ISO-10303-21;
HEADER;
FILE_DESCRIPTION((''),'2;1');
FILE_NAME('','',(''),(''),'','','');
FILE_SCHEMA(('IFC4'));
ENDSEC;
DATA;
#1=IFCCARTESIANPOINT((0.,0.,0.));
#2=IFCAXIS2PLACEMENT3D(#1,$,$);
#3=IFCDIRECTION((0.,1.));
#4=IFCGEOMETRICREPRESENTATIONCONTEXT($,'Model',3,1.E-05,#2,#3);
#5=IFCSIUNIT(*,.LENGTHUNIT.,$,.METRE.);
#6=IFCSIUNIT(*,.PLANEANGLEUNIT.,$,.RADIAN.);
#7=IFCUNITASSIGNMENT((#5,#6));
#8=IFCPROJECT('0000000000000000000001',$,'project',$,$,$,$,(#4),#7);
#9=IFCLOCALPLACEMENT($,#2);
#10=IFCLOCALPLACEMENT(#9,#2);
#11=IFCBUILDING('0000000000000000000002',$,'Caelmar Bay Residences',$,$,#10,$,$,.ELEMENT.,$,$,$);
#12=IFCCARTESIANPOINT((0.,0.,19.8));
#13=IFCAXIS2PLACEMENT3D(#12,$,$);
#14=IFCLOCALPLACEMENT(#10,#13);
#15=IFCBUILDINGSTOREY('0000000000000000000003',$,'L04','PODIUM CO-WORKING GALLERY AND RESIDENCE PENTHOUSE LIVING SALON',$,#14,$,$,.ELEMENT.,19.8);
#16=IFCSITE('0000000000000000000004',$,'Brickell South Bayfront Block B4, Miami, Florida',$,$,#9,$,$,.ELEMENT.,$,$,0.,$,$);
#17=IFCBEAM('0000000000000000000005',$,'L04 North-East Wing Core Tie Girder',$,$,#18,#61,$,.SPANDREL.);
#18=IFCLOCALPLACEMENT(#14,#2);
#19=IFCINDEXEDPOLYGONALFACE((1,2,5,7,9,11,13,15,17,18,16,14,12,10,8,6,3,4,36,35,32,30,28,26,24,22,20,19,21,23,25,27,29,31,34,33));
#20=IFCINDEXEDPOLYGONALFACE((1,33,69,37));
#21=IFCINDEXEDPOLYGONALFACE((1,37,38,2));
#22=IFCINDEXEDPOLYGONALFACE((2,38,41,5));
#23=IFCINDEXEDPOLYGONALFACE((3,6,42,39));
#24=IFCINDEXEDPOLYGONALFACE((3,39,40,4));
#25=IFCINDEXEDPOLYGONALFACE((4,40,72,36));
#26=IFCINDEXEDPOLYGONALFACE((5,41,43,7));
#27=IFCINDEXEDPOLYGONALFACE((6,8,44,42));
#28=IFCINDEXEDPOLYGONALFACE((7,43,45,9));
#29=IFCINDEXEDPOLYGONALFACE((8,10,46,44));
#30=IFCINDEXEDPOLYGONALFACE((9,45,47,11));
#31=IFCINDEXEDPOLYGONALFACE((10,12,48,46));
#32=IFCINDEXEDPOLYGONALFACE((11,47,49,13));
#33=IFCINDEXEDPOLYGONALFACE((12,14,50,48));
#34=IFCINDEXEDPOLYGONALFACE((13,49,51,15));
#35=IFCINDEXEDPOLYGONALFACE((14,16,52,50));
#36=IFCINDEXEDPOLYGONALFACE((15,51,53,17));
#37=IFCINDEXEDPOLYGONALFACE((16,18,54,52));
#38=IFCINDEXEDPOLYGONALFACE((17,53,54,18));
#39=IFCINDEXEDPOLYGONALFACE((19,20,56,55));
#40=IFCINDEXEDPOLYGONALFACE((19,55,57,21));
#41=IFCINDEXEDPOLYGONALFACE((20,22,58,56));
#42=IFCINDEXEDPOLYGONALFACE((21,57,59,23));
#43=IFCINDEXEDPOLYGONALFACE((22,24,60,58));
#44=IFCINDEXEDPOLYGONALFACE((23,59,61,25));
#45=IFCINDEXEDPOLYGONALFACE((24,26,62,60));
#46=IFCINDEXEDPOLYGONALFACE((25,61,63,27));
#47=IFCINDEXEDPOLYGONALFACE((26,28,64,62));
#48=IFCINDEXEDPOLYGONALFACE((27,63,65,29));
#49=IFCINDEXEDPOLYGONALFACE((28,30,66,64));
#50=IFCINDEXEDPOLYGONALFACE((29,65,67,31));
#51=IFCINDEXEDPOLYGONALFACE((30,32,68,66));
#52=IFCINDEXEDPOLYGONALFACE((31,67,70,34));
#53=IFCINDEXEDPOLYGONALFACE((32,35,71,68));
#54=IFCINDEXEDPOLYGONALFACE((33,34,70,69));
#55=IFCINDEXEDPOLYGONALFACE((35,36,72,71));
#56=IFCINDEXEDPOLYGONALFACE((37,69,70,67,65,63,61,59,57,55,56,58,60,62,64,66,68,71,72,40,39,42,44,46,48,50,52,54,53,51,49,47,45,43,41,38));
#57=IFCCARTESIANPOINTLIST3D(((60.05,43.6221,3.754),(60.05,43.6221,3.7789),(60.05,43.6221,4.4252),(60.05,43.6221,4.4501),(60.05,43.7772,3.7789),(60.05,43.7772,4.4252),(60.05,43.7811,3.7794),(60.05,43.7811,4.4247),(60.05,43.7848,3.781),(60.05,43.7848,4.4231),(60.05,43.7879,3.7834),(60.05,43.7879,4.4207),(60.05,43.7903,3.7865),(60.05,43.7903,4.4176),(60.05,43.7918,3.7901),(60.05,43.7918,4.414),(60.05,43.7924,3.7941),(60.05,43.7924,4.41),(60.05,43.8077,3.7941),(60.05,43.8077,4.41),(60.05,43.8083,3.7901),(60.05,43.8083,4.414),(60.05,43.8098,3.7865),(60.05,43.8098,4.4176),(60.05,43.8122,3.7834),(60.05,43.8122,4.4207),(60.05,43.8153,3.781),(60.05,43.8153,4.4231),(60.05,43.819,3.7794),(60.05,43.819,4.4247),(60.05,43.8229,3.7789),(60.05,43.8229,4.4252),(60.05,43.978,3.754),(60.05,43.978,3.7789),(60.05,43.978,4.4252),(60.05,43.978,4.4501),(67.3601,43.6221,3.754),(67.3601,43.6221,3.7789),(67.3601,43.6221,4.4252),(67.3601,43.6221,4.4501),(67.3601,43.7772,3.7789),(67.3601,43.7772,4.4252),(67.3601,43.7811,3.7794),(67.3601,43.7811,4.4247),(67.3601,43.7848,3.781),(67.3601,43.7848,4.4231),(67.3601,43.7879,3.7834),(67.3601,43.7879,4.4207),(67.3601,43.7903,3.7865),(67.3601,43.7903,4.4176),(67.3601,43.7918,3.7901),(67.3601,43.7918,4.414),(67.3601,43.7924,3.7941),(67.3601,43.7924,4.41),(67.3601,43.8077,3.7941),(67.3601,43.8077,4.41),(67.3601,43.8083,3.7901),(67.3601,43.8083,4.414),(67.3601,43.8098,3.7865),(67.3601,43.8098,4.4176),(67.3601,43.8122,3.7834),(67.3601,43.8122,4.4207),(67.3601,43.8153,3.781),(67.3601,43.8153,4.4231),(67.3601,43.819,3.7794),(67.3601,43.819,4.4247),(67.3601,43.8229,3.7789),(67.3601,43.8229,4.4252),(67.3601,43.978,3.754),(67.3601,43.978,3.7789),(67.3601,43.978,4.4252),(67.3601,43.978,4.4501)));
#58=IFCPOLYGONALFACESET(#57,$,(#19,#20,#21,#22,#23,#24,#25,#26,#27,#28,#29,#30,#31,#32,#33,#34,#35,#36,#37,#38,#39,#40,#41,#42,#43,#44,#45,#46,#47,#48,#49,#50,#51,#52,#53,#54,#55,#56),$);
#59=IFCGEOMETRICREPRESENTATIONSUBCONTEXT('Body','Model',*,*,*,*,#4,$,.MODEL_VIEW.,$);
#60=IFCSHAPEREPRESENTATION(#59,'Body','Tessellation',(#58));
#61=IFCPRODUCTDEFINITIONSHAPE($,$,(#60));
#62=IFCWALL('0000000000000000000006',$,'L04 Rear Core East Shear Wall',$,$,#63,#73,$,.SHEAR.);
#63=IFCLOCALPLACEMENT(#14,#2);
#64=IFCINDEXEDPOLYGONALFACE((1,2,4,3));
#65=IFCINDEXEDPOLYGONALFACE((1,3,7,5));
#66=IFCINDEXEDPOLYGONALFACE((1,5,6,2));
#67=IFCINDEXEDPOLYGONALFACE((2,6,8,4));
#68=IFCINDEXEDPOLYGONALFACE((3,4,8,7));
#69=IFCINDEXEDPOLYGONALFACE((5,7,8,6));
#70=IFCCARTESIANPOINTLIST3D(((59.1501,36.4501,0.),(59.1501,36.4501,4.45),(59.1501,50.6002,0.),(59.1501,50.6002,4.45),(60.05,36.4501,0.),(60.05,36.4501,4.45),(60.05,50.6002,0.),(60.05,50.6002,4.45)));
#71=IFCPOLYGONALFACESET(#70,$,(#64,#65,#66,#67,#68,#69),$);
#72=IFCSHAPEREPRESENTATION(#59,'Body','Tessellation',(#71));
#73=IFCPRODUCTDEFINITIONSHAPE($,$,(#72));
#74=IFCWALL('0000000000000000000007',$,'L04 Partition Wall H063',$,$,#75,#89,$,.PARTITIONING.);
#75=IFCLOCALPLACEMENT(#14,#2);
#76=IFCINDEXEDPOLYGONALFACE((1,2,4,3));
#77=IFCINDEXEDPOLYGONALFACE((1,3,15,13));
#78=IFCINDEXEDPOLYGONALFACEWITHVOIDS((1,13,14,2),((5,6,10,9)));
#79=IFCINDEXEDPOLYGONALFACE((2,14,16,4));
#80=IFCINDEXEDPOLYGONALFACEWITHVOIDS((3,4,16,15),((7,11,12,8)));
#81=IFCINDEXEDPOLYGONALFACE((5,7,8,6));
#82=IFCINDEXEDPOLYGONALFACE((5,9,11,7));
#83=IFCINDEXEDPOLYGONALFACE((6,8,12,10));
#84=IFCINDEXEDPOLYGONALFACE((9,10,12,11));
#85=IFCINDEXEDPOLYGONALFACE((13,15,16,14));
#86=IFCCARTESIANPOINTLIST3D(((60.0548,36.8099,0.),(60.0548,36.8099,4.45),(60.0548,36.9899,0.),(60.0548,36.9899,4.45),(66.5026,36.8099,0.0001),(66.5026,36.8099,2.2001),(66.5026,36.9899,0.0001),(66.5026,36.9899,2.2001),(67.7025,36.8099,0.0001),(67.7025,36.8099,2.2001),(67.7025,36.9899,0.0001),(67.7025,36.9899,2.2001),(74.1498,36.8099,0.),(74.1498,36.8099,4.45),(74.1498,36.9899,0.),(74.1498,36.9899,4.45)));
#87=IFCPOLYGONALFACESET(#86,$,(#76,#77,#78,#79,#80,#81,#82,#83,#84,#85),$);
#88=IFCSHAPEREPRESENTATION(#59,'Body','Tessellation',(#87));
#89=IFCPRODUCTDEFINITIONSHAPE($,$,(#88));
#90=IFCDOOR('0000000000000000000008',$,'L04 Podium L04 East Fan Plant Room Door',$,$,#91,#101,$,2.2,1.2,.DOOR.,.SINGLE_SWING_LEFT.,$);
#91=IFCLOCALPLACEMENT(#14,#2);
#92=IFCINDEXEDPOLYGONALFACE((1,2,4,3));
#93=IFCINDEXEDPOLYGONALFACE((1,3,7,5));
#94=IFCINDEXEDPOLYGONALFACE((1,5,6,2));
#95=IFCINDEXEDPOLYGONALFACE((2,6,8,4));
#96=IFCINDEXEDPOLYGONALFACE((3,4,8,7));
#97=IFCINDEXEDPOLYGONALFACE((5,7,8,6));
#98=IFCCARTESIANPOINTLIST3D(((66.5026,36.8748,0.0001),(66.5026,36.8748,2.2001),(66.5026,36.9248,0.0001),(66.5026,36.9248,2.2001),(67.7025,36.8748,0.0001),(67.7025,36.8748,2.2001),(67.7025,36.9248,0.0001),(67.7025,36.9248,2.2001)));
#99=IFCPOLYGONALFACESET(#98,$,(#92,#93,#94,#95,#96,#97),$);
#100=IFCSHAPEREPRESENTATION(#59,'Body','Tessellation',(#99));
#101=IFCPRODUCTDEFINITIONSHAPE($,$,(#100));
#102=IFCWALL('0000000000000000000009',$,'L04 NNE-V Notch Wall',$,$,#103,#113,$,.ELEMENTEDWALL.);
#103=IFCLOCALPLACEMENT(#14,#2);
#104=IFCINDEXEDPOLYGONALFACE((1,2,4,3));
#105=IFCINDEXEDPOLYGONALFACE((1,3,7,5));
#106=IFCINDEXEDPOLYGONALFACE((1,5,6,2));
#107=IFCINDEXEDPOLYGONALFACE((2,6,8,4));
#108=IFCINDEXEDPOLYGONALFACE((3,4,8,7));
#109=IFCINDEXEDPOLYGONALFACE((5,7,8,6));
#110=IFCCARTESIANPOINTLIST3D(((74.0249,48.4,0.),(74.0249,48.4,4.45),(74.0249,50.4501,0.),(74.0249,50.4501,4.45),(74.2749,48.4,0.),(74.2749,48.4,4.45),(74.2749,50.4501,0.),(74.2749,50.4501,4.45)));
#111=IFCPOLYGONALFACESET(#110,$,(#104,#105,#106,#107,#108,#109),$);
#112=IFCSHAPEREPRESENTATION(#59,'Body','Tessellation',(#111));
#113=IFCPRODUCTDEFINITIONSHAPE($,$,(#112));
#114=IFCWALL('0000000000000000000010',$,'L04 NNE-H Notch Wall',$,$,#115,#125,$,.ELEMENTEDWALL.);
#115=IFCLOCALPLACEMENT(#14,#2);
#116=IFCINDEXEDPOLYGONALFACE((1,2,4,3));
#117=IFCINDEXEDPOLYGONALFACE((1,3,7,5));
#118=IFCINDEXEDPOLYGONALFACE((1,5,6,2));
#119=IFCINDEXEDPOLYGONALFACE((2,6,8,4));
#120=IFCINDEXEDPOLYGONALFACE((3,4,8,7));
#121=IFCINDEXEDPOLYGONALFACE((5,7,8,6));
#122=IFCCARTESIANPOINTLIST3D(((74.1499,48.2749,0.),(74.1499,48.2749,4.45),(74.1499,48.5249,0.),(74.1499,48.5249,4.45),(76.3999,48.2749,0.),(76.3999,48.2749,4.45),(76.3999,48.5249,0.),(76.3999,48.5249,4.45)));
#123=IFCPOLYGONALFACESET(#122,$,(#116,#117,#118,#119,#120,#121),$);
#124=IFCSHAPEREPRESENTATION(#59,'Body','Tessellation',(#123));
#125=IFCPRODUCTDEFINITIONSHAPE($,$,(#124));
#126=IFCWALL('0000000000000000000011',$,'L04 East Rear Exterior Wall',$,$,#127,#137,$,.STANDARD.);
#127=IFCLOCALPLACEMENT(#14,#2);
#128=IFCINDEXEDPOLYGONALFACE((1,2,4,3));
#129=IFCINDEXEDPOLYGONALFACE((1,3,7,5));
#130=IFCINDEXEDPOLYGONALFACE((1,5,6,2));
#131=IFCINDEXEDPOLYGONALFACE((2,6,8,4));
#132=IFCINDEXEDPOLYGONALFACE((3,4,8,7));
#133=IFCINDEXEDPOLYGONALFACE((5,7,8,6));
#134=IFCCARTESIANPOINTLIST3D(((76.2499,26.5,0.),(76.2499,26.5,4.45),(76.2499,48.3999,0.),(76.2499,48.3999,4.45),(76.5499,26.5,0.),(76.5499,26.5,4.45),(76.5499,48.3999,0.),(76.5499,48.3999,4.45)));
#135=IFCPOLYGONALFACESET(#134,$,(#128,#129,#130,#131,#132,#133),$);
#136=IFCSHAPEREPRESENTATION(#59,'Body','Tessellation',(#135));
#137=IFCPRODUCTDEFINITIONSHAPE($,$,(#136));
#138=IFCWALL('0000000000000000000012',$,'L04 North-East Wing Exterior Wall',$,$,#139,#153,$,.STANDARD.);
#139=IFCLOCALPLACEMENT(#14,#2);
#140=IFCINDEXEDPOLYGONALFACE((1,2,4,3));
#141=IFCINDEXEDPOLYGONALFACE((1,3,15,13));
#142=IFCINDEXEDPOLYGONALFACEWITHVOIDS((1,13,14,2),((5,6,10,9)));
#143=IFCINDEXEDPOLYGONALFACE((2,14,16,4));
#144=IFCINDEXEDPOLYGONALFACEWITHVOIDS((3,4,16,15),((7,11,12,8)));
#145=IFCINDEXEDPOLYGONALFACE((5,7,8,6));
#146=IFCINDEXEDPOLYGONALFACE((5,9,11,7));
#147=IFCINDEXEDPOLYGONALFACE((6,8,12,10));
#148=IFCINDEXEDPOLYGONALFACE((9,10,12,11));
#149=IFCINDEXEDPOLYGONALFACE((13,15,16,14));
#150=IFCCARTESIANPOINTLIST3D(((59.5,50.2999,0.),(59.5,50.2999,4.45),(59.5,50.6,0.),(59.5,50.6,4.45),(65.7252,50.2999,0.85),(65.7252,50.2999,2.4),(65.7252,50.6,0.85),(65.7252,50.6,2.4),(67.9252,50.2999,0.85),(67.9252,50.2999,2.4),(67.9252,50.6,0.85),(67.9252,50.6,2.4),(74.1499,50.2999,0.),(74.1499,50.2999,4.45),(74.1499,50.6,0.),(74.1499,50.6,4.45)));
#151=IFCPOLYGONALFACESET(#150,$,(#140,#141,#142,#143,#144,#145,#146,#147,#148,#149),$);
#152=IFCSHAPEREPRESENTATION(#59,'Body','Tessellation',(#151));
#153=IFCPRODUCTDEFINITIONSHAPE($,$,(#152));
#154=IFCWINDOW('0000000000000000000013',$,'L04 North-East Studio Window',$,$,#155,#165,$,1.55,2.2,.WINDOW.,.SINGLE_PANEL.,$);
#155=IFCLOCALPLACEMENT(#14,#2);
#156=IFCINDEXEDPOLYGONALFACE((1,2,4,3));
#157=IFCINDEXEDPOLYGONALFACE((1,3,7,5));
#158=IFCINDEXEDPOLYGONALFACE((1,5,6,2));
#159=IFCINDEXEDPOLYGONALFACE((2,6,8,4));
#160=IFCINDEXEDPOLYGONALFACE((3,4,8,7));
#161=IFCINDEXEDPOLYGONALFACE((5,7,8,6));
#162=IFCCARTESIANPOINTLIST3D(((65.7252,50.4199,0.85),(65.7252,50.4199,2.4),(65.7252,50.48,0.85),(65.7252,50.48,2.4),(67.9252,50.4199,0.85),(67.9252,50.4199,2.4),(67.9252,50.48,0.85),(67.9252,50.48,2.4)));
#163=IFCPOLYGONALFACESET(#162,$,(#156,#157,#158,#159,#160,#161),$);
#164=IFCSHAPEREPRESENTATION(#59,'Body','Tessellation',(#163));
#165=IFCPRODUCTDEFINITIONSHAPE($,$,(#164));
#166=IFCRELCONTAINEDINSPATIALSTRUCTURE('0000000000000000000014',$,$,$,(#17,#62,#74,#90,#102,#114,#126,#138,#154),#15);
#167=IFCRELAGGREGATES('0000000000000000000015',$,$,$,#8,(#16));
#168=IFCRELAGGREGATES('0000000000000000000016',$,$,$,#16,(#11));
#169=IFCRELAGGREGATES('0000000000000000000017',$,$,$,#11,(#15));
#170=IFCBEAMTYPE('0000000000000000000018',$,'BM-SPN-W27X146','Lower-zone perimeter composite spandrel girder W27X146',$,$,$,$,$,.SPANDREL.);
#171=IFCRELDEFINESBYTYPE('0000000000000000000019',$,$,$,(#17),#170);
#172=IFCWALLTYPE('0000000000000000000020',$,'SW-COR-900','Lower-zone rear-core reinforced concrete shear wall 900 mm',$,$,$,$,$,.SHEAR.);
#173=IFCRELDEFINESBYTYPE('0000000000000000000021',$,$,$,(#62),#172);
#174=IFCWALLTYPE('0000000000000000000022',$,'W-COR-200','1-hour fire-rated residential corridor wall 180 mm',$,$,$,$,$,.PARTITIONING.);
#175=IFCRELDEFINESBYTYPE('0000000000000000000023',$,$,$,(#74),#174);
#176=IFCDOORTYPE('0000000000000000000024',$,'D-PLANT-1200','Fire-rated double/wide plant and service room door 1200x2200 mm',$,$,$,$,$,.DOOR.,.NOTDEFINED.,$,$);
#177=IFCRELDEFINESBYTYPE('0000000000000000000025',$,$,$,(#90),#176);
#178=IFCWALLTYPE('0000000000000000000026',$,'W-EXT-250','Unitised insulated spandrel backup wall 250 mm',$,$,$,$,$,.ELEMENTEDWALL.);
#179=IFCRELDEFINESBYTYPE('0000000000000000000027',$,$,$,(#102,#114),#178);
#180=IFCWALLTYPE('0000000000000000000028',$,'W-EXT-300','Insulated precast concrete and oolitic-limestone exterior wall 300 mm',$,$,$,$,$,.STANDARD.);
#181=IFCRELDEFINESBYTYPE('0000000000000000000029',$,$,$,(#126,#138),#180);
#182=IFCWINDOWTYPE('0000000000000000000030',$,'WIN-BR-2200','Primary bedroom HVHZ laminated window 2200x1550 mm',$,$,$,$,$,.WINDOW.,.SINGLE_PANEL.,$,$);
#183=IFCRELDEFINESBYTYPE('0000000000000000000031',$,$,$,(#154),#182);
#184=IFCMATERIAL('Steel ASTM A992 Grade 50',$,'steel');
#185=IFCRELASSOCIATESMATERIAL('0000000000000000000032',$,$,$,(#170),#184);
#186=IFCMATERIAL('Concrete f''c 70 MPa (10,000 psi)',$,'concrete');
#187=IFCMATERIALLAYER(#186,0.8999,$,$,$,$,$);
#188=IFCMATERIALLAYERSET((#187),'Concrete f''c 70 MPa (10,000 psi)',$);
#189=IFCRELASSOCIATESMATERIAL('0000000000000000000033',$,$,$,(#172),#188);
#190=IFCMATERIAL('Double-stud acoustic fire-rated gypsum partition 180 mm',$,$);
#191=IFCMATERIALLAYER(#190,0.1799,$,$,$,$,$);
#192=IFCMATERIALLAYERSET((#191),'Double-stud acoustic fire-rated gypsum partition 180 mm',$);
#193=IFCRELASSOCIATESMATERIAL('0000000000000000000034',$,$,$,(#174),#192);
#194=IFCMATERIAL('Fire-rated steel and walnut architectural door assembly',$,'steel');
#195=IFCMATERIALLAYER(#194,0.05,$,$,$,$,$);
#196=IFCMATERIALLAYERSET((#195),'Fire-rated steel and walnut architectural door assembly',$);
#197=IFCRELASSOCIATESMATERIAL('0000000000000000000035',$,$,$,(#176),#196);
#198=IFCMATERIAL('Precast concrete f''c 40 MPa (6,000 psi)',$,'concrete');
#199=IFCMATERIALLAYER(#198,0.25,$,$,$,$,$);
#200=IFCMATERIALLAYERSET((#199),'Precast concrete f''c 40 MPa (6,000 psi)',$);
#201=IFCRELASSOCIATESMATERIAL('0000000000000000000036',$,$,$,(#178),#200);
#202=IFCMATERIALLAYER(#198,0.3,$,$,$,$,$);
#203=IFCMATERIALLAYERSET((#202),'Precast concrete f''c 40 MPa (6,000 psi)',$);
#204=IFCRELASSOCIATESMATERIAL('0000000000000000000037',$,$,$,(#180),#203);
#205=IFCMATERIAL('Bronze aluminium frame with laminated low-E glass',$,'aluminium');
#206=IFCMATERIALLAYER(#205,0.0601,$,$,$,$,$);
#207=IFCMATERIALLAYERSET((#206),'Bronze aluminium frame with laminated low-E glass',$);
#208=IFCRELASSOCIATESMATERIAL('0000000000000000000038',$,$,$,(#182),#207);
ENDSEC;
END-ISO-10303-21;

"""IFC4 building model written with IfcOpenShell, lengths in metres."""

from ifc_helpers import new_model, si_unit, direction, frame, frame_2d, origin, origin_2d, place, context, subcontext, project, spatial, rectangle, i_section, extrude, material, layer, layer_set, material_profile, profile_set, type_object, element, fill, save


model = new_model("IFC4")

# Units and contexts
model_context = context("Model", 3, precision=1e-05, world=origin(), true_north=direction((0.0, 1.0)))
body_context = subcontext(model_context, "Body", "Model", "MODEL_VIEW")
ifc_project = project(units=[si_unit("LENGTHUNIT", "METRE"), si_unit("PLANEANGLEUNIT", "RADIAN")], contexts=[model_context])

# Site, building, storey
site_placement = place(None, origin())
site = spatial("IfcSite", under=ifc_project, at=site_placement, Name="Brickell South Bayfront Block B4, Miami, Florida", CompositionType="ELEMENT", RefElevation=0.0)
building_placement = place(site_placement, origin())
building = spatial("IfcBuilding", under=site, at=building_placement, Name="Caelmar Bay Residences", CompositionType="ELEMENT")
storey_placement = place(building_placement, frame((0.0, 0.0, 19.8)))
storey = spatial("IfcBuildingStorey", under=building, at=storey_placement, Name="L04", Description="PODIUM CO-WORKING GALLERY AND RESIDENCE PENTHOUSE LIVING SALON", CompositionType="ELEMENT", Elevation=19.8)

# Shared definitions
ifc_material_1 = material(Name="Concrete f'c 70 MPa (10,000 psi)", Category="concrete")

# Beam
ifc_material_2 = material(Name="Steel ASTM A992 Grade 50", Category="steel")
ifc_material_profile_1 = material_profile(ifc_material_2, i_section(OverallWidth=0.356, OverallDepth=0.696, WebThickness=0.0154, FlangeThickness=0.0249, FilletRadius=0.0151, at=origin_2d()), Name="W27X146")
ifc_profile_set_1 = profile_set([ifc_material_profile_1], Name="Steel ASTM A992 Grade 50")
beam_type_1 = type_object("IfcBeamType", Name="BM-SPN-W27X146", Description="Lower-zone perimeter composite spandrel girder W27X146", PredefinedType="SPANDREL", material=ifc_profile_set_1)
beam_1_placement = place(storey_placement, frame((60.05, 43.8, 4.1021), z_axis=(1.0, 0.0, 0.0), x_axis=(0.0, 1.0, 0.0)))
element("IfcBeam", 1, at=beam_1_placement, inside=storey, type_object=beam_type_1, Name="L04 North-East Wing Core Tie Girder", PredefinedType="SPANDREL", context=body_context, shape_type="SweptSolid", body=[
    extrude(i_section(OverallWidth=0.356, OverallDepth=0.696, WebThickness=0.0154, FlangeThickness=0.0249, FilletRadius=0.0151, at=origin_2d()), origin(), (0.0, 0.0, 1.0), 7.3101),
])

# Wall
ifc_layer_1 = layer(ifc_material_1, 0.8999)
ifc_layer_set_1 = layer_set([ifc_layer_1], Name="Concrete f'c 70 MPa (10,000 psi)")
wall_type_1 = type_object("IfcWallType", Name="SW-COR-900", Description="Lower-zone rear-core reinforced concrete shear wall 900 mm", PredefinedType="SHEAR", material=ifc_layer_set_1)
wall_1_placement = place(storey_placement, frame((59.6001, 36.45, 0.0), z_axis=(0.0, 0.0, 1.0), x_axis=(0.0, 1.0, 0.0)))
element("IfcWall", 2, at=wall_1_placement, inside=storey, type_object=wall_type_1, Name="L04 Rear Core East Shear Wall", PredefinedType="SHEAR", context=body_context, shape_type="SweptSolid", body=[
    extrude(rectangle(XDim=14.1501, YDim=0.8999, at=frame_2d((7.0752, 0.0))), origin(), (0.0, 0.0, 1.0), 4.45),
])

# Wall, opening, door
ifc_material_3 = material(Name="Double-stud acoustic fire-rated gypsum partition 180 mm")
ifc_layer_2 = layer(ifc_material_3, 0.1799)
ifc_layer_set_2 = layer_set([ifc_layer_2], Name="Double-stud acoustic fire-rated gypsum partition 180 mm")
wall_type_2 = type_object("IfcWallType", Name="W-COR-200", Description="1-hour fire-rated residential corridor wall 180 mm", PredefinedType="PARTITIONING", material=ifc_layer_set_2)
wall_2_placement = place(storey_placement, frame((60.0549, 36.8999, 0.0), z_axis=(0.0, 0.0, 1.0), x_axis=(1.0, 0.0, 0.0)))
wall_2 = element("IfcWall", 3, at=wall_2_placement, inside=storey, type_object=wall_type_2, Name="L04 Partition Wall H063", PredefinedType="PARTITIONING", context=body_context, shape_type="SweptSolid", body=[
    extrude(rectangle(XDim=14.095, YDim=0.1799, at=frame_2d((7.0474, 0.0))), origin(), (0.0, 0.0, 1.0), 4.45),
])
opening_1_placement = place(wall_2_placement, frame((6.4475, 0.0, 0.0)))
opening_1 = element("IfcOpeningElement", 4, at=opening_1_placement, cuts=wall_2, PredefinedType="OPENING", context=body_context, shape_type="SweptSolid", body=[
    extrude(rectangle(XDim=1.2, YDim=2.2, at=frame_2d((0.6001, 1.1001))), frame((0.0, 0.0999, 0.0), z_axis=(0.0, -1.0, 0.0), x_axis=(1.0, 0.0, 0.0)), (0.0, 0.0, 1.0), 0.2),
])
ifc_material_4 = material(Name="Fire-rated steel and walnut architectural door assembly", Category="steel")
ifc_layer_3 = layer(ifc_material_4, 0.05)
ifc_layer_set_3 = layer_set([ifc_layer_3], Name="Fire-rated steel and walnut architectural door assembly")
door_type = type_object("IfcDoorType", Name="D-PLANT-1200", Description="Fire-rated double/wide plant and service room door 1200x2200 mm", OperationType="NOTDEFINED", PredefinedType="DOOR", material=ifc_layer_set_3)
door_placement = place(opening_1_placement, origin())
door = element("IfcDoor", 5, at=door_placement, inside=storey, type_object=door_type, Name="L04 Podium L04 East Fan Plant Room Door", OperationType="SINGLE_SWING_LEFT", OverallHeight=2.2, OverallWidth=1.2, PredefinedType="DOOR", context=body_context, shape_type="SweptSolid", body=[
    extrude(rectangle(XDim=1.2, YDim=2.2, at=frame_2d((0.6001, 1.1001))), frame((0.0, 0.0249, 0.0), z_axis=(0.0, -1.0, 0.0), x_axis=(1.0, 0.0, 0.0)), (0.0, 0.0, 1.0), 0.05),
])
fill(opening_1, door)

# Walls
ifc_material_5 = material(Name="Precast concrete f'c 40 MPa (6,000 psi)", Category="concrete")
ifc_layer_4 = layer(ifc_material_5, 0.25)
ifc_layer_set_4 = layer_set([ifc_layer_4], Name="Precast concrete f'c 40 MPa (6,000 psi)")
wall_type_3 = type_object("IfcWallType", Name="W-EXT-250", Description="Unitised insulated spandrel backup wall 250 mm", PredefinedType="ELEMENTEDWALL", material=ifc_layer_set_4)
wall_3_placement = place(storey_placement, frame((74.1499, 50.45, 0.0), z_axis=(0.0, 0.0, 1.0), x_axis=(0.0, -1.0, 0.0)))
element("IfcWall", 6, at=wall_3_placement, inside=storey, type_object=wall_type_3, Name="L04 NNE-V Notch Wall", PredefinedType="ELEMENTEDWALL", context=body_context, shape_type="SweptSolid", body=[
    extrude(rectangle(XDim=2.05, YDim=0.25, at=frame_2d((1.0249, 0.0))), origin(), (0.0, 0.0, 1.0), 4.45),
])
wall_4_placement = place(storey_placement, frame((74.1499, 48.3999, 0.0), z_axis=(0.0, 0.0, 1.0), x_axis=(1.0, 0.0, 0.0)))
element("IfcWall", 7, at=wall_4_placement, inside=storey, type_object=wall_type_3, Name="L04 NNE-H Notch Wall", PredefinedType="ELEMENTEDWALL", context=body_context, shape_type="SweptSolid", body=[
    extrude(rectangle(XDim=2.25, YDim=0.25, at=frame_2d((1.125, 0.0))), origin(), (0.0, 0.0, 1.0), 4.45),
])
ifc_layer_5 = layer(ifc_material_5, 0.3)
ifc_layer_set_5 = layer_set([ifc_layer_5], Name="Precast concrete f'c 40 MPa (6,000 psi)")
wall_type_4 = type_object("IfcWallType", Name="W-EXT-300", Description="Insulated precast concrete and oolitic-limestone exterior wall 300 mm", PredefinedType="STANDARD", material=ifc_layer_set_5)
wall_5_placement = place(storey_placement, frame((76.3999, 48.3999, 0.0), z_axis=(0.0, 0.0, 1.0), x_axis=(0.0, -1.0, 0.0)))
element("IfcWall", 8, at=wall_5_placement, inside=storey, type_object=wall_type_4, Name="L04 East Rear Exterior Wall", PredefinedType="STANDARD", context=body_context, shape_type="SweptSolid", body=[
    extrude(rectangle(XDim=21.8999, YDim=0.3, at=frame_2d((10.95, 0.0))), origin(), (0.0, 0.0, 1.0), 4.45),
])

# Wall, opening, window
wall_6_placement = place(storey_placement, frame((59.5, 50.45, 0.0), z_axis=(0.0, 0.0, 1.0), x_axis=(1.0, 0.0, 0.0)))
wall_6 = element("IfcWall", 9, at=wall_6_placement, inside=storey, type_object=wall_type_4, Name="L04 North-East Wing Exterior Wall", PredefinedType="STANDARD", context=body_context, shape_type="SweptSolid", body=[
    extrude(rectangle(XDim=14.6499, YDim=0.3, at=frame_2d((7.325, 0.0))), origin(), (0.0, 0.0, 1.0), 4.45),
])
opening_2_placement = place(wall_6_placement, frame((6.2251, 0.0, 0.8501)))
opening_2 = element("IfcOpeningElement", 10, at=opening_2_placement, cuts=wall_6, PredefinedType="OPENING", context=body_context, shape_type="SweptSolid", body=[
    extrude(rectangle(XDim=2.2, YDim=1.55, at=frame_2d((1.1001, 0.7749))), frame((0.0, 0.1599, 0.0), z_axis=(0.0, -1.0, 0.0), x_axis=(1.0, 0.0, 0.0)), (0.0, 0.0, 1.0), 0.3201),
])
ifc_material_6 = material(Name="Bronze aluminium frame with laminated low-E glass", Category="aluminium")
ifc_layer_6 = layer(ifc_material_6, 0.0601)
ifc_layer_set_6 = layer_set([ifc_layer_6], Name="Bronze aluminium frame with laminated low-E glass")
window_type = type_object("IfcWindowType", Name="WIN-BR-2200", Description="Primary bedroom HVHZ laminated window 2200x1550 mm", PartitioningType="SINGLE_PANEL", PredefinedType="WINDOW", material=ifc_layer_set_6)
window_placement = place(opening_2_placement, origin())
window = element("IfcWindow", 11, at=window_placement, inside=storey, type_object=window_type, Name="L04 North-East Studio Window", OverallHeight=1.55, OverallWidth=2.2, PartitioningType="SINGLE_PANEL", PredefinedType="WINDOW", context=body_context, shape_type="SweptSolid", body=[
    extrude(rectangle(XDim=2.2, YDim=1.55, at=frame_2d((1.1001, 0.7749))), frame((0.0, 0.03, 0.0), z_axis=(0.0, -1.0, 0.0), x_axis=(1.0, 0.0, 0.0)), (0.0, 0.0, 1.0), 0.0601),
])
fill(opening_2, window)

save(model, "model.ifc")
